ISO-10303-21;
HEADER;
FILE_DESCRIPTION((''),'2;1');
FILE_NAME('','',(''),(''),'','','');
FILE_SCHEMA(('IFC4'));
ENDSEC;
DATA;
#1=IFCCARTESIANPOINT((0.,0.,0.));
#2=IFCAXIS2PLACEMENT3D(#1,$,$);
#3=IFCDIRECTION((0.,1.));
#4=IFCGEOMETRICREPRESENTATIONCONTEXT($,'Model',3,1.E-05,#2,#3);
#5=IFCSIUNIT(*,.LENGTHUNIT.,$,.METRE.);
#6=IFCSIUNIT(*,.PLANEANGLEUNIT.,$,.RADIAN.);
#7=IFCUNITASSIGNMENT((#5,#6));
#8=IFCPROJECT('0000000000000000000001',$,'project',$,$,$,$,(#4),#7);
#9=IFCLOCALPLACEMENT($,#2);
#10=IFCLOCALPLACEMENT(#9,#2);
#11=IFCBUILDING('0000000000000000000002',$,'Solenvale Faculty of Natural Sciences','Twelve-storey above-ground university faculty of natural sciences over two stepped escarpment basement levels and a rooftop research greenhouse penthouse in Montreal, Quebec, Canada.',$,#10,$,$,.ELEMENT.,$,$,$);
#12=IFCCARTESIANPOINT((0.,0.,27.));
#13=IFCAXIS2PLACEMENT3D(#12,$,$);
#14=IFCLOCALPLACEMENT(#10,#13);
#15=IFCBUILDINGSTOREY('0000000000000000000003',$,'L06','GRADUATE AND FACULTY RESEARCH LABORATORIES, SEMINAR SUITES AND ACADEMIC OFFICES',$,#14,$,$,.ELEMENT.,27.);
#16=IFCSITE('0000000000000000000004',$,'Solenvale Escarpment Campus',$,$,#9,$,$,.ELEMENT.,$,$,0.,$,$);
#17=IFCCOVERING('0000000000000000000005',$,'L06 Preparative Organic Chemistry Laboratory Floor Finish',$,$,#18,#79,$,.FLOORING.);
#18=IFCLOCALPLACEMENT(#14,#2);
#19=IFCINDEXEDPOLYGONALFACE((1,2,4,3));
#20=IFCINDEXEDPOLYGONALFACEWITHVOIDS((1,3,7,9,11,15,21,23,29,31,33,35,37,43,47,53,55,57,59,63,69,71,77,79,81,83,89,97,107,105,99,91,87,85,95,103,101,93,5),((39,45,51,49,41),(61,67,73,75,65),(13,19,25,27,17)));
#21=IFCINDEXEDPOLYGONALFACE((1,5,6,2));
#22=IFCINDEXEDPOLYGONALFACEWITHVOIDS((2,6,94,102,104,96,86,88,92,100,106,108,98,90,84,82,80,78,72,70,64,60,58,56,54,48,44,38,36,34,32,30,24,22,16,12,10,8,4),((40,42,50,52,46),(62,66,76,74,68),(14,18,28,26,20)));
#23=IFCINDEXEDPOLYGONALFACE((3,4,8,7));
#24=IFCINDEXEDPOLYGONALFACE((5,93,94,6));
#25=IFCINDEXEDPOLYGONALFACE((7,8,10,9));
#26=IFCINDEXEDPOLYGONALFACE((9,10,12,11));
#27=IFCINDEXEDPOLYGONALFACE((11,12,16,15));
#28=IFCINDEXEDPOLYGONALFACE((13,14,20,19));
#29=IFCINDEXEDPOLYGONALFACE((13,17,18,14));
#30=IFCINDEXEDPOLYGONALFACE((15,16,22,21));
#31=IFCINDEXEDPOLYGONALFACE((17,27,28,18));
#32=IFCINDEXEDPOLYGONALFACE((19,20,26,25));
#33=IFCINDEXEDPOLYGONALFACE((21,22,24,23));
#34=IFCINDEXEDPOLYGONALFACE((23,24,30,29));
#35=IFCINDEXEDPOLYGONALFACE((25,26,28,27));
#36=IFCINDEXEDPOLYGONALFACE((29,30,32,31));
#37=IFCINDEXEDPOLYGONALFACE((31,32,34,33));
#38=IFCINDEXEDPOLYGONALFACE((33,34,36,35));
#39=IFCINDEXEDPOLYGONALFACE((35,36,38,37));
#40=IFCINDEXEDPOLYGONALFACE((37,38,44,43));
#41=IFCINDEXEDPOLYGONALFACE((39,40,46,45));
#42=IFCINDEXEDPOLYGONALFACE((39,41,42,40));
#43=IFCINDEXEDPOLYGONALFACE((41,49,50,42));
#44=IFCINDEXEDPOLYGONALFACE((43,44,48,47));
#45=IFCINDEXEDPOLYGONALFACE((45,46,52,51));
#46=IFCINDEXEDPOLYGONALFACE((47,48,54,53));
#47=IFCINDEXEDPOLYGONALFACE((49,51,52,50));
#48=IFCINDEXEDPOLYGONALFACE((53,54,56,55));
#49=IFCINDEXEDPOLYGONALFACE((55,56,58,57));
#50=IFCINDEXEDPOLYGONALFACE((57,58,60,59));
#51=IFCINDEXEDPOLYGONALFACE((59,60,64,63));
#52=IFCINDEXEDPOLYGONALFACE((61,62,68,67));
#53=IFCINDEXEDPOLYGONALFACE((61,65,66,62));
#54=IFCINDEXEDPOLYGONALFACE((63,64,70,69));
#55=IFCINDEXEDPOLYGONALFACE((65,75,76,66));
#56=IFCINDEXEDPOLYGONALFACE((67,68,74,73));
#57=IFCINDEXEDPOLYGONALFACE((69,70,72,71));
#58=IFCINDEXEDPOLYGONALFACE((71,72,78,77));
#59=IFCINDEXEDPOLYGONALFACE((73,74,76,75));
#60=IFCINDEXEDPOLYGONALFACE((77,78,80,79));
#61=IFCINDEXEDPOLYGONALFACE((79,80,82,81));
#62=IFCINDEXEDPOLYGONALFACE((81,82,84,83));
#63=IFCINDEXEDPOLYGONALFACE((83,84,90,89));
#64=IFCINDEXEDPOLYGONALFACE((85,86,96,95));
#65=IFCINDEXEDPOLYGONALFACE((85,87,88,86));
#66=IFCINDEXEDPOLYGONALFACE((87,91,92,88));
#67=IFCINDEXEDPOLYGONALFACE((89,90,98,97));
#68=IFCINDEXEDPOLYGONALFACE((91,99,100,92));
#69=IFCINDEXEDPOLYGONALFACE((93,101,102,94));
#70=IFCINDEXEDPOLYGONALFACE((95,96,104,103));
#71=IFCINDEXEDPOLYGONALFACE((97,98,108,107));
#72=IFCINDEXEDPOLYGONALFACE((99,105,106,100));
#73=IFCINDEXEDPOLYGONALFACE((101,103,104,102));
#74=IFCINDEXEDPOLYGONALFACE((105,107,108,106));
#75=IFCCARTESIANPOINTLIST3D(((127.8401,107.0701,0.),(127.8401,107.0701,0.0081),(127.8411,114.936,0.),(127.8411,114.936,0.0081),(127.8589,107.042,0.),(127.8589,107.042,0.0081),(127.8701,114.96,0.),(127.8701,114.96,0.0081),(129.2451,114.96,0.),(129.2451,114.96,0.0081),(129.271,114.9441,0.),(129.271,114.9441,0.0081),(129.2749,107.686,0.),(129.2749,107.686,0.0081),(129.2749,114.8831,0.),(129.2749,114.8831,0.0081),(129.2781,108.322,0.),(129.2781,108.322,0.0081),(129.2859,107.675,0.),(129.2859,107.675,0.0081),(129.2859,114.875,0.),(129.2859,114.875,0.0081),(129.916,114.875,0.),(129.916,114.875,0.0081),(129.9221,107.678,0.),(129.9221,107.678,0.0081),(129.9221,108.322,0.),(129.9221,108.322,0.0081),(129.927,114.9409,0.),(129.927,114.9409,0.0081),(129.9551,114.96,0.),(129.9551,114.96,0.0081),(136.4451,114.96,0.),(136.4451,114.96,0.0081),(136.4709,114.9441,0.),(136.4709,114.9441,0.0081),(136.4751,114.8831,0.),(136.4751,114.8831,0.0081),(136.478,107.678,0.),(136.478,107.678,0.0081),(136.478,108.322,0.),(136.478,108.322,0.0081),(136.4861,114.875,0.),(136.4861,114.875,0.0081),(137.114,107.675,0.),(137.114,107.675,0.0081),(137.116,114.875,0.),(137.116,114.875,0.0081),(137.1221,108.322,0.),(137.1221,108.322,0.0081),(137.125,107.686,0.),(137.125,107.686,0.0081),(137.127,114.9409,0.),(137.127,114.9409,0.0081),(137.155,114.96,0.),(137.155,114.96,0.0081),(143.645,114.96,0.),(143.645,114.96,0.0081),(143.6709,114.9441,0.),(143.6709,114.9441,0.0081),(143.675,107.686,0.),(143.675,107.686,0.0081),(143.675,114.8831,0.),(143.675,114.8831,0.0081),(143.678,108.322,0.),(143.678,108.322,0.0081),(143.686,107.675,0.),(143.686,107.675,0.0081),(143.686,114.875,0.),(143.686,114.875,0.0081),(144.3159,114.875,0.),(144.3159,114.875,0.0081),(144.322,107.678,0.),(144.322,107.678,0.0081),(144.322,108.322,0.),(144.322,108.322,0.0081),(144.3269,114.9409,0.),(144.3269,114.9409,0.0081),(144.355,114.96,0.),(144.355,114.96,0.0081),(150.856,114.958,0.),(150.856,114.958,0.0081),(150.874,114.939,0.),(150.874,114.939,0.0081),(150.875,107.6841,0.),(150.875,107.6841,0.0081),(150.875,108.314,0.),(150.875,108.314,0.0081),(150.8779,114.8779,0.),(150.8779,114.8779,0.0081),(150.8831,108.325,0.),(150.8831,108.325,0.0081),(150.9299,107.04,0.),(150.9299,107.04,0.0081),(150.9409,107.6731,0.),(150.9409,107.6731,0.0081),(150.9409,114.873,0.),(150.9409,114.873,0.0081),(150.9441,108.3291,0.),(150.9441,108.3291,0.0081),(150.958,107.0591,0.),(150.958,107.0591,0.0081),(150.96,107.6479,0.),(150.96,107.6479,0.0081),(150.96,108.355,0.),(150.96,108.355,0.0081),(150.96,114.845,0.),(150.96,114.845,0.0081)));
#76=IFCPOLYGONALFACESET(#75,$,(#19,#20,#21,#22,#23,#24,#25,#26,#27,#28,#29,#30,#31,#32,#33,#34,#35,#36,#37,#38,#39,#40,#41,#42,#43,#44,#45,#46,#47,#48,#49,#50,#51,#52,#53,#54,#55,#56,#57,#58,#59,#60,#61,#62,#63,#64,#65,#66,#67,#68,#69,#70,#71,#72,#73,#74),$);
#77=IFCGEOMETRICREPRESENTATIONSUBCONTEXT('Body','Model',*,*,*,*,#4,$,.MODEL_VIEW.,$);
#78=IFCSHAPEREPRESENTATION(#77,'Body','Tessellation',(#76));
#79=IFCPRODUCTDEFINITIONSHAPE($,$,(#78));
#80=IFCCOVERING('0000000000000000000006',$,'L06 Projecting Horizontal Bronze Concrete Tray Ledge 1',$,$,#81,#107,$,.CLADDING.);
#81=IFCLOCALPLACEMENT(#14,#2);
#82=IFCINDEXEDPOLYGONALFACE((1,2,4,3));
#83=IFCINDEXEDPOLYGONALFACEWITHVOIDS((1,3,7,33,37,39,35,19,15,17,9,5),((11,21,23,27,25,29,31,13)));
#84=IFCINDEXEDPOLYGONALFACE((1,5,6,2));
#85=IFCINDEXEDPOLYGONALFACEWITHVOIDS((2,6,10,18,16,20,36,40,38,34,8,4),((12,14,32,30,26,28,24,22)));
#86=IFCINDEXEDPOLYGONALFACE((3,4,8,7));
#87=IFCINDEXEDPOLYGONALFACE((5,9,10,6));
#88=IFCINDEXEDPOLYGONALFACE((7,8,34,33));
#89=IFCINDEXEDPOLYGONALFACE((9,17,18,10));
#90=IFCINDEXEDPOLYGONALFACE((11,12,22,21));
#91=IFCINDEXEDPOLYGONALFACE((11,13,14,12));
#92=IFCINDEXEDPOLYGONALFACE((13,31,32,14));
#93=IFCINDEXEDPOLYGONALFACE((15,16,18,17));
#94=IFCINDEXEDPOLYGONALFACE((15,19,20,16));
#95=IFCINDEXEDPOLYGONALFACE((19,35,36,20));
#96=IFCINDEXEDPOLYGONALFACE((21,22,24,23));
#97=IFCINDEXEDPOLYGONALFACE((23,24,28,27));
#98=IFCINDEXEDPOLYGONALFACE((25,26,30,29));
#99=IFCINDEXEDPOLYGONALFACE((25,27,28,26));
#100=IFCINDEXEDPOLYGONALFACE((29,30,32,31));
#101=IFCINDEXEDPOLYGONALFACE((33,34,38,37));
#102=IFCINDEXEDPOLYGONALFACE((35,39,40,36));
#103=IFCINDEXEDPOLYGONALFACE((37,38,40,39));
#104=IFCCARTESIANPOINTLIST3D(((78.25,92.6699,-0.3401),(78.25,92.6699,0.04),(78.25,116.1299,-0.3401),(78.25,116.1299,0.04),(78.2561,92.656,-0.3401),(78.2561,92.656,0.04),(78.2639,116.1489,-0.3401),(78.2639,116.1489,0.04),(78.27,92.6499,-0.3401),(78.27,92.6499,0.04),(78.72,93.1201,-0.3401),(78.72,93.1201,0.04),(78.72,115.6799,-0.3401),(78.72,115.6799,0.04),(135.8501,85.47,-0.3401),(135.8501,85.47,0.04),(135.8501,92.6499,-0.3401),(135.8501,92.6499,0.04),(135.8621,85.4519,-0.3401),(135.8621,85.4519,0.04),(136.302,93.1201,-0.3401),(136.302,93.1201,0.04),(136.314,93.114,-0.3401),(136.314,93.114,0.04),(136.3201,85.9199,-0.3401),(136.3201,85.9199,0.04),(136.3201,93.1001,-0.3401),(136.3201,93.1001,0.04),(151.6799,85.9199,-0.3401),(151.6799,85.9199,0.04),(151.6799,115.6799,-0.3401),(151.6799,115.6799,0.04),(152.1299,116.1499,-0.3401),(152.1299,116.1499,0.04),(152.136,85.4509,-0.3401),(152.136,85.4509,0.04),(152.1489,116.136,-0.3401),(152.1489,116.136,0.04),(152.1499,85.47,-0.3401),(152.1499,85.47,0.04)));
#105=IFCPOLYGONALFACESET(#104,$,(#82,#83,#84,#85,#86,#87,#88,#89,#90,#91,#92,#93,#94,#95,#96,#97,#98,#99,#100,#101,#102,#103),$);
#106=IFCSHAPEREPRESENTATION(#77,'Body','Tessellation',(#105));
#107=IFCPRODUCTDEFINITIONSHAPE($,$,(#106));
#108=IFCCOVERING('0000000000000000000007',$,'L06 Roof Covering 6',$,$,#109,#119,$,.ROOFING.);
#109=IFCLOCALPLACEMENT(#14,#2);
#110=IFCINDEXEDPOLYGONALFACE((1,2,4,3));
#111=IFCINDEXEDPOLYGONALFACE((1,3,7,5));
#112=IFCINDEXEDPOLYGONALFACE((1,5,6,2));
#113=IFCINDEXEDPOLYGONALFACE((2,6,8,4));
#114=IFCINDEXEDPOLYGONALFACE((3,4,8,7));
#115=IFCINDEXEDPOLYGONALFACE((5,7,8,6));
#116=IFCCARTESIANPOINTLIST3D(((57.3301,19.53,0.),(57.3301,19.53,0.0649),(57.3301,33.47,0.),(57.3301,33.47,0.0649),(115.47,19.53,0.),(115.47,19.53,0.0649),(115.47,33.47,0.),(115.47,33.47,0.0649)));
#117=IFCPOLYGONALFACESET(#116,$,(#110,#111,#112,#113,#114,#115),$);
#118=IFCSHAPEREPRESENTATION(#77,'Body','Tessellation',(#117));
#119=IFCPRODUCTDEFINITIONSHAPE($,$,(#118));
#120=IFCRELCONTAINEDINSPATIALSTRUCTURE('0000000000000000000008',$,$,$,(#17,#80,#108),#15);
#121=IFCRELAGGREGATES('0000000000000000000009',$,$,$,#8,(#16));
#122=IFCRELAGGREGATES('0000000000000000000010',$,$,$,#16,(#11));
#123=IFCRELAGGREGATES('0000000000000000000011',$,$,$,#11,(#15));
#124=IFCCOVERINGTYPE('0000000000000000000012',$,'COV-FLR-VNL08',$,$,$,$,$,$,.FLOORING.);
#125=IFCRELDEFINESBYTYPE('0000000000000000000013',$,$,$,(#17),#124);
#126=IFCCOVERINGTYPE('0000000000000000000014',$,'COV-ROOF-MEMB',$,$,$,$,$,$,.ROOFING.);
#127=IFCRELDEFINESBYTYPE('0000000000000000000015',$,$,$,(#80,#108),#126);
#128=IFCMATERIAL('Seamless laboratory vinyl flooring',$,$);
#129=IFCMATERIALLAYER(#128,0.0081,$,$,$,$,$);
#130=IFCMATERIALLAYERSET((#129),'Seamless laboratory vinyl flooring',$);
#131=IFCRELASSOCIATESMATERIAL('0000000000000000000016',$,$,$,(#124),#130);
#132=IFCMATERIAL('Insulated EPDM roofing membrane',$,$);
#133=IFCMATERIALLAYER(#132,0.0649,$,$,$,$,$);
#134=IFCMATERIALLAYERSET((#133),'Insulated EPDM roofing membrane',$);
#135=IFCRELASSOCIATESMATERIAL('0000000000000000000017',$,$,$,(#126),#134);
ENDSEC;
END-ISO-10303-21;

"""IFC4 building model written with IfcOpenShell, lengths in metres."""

from ifc_helpers import new_model, si_unit, direction, frame, origin, place, context, subcontext, project, spatial, polyline, outline, extrude, material, layer, layer_set, type_object, element, save


model = new_model("IFC4")

# Units and contexts
model_context = context("Model", 3, precision=1e-05, world=origin(), true_north=direction((0.0, 1.0)))
body_context = subcontext(model_context, "Body", "Model", "MODEL_VIEW")
ifc_project = project(units=[si_unit("LENGTHUNIT", "METRE"), si_unit("PLANEANGLEUNIT", "RADIAN")], contexts=[model_context])

# Site, building, storey
site_placement = place(None, origin())
site = spatial("IfcSite", under=ifc_project, at=site_placement, Name="Solenvale Escarpment Campus", CompositionType="ELEMENT", RefElevation=0.0)
building_placement = place(site_placement, origin())
building = spatial("IfcBuilding", under=site, at=building_placement, Name="Solenvale Faculty of Natural Sciences", Description="Twelve-storey above-ground university faculty of natural sciences over two stepped escarpment basement levels and a rooftop research greenhouse penthouse in Montreal, Quebec, Canada.", CompositionType="ELEMENT")
storey_placement = place(building_placement, frame((0.0, 0.0, 27.0)))
storey = spatial("IfcBuildingStorey", under=building, at=storey_placement, Name="L06", Description="GRADUATE AND FACULTY RESEARCH LABORATORIES, SEMINAR SUITES AND ACADEMIC OFFICES", CompositionType="ELEMENT", Elevation=27.0)

# Coverings
ifc_material_1 = material(Name="Seamless laboratory vinyl flooring")
ifc_layer_1 = layer(ifc_material_1, 0.0081)
ifc_layer_set_1 = layer_set([ifc_layer_1], Name="Seamless laboratory vinyl flooring")
covering_type_1 = type_object("IfcCoveringType", Name="COV-FLR-VNL08", PredefinedType="FLOORING", material=ifc_layer_set_1)
covering_1_placement = place(storey_placement, origin())
element("IfcCovering", 1, at=covering_1_placement, inside=storey, type_object=covering_type_1, Name="L06 Preparative Organic Chemistry Laboratory Floor Finish", PredefinedType="FLOORING", context=body_context, shape_type="SweptSolid", body=[
    extrude(outline(polyline([(129.2451, 114.96), (129.271, 114.9441), (129.2749, 114.8831), (129.2859, 114.875), (129.916, 114.875), (129.927, 114.9409), (129.9551, 114.96), (136.4451, 114.96), (136.4709, 114.9441), (136.4751, 114.8831), (136.4861, 114.875), (137.116, 114.875), (137.127, 114.9409), (137.155, 114.96), (143.645, 114.96), (143.6709, 114.9441), (143.675, 114.8831), (143.686, 114.875), (144.3159, 114.875), (144.3269, 114.9409), (144.355, 114.96), (150.856, 114.958), (150.874, 114.939), (150.8779, 114.8779), (150.9409, 114.873), (150.96, 114.845), (150.96, 108.355), (150.9441, 108.3291), (150.8831, 108.325), (150.875, 108.314), (150.875, 107.6841), (150.9409, 107.6731), (150.96, 107.6479), (150.958, 107.0591), (150.9299, 107.04), (127.8589, 107.042), (127.8401, 107.0701), (127.8411, 114.936), (127.8701, 114.96), (129.2451, 114.96)]), holes=[polyline([(143.675, 107.686), (143.686, 107.675), (144.322, 107.678), (144.322, 108.322), (143.678, 108.322), (143.675, 107.686)]), polyline([(137.114, 107.675), (137.125, 107.686), (137.1221, 108.322), (136.478, 108.322), (136.478, 107.678), (137.114, 107.675)]), polyline([(129.2749, 107.686), (129.2859, 107.675), (129.9221, 107.678), (129.9221, 108.322), (129.2781, 108.322), (129.2749, 107.686)])]), origin(), (0.0, 0.0, 1.0), 0.0081),
])
ifc_material_2 = material(Name="Insulated EPDM roofing membrane")
ifc_layer_2 = layer(ifc_material_2, 0.0649)
ifc_layer_set_2 = layer_set([ifc_layer_2], Name="Insulated EPDM roofing membrane")
covering_type_2 = type_object("IfcCoveringType", Name="COV-ROOF-MEMB", PredefinedType="ROOFING", material=ifc_layer_set_2)
covering_2_placement = place(storey_placement, frame((0.0, 0.0, -0.3401)))
element("IfcCovering", 2, at=covering_2_placement, inside=storey, type_object=covering_type_2, Name="L06 Projecting Horizontal Bronze Concrete Tray Ledge 1", PredefinedType="CLADDING", context=body_context, shape_type="SweptSolid", body=[
    extrude(outline(polyline([(78.27, 92.6499), (78.2561, 92.656), (78.25, 92.6699), (78.25, 116.1299), (78.2639, 116.1489), (152.1299, 116.1499), (152.1489, 116.136), (152.1499, 85.47), (152.136, 85.4509), (135.8621, 85.4519), (135.8501, 85.47), (135.8501, 92.6499), (78.27, 92.6499)]), holes=[polyline([(78.72, 93.1201), (136.302, 93.1201), (136.314, 93.114), (136.3201, 93.1001), (136.3201, 85.9199), (151.6799, 85.9199), (151.6799, 115.6799), (78.72, 115.6799), (78.72, 93.1201)])]), origin(), (0.0, 0.0, 1.0), 0.3801),
])
covering_3_placement = place(storey_placement, origin())
element("IfcCovering", 3, at=covering_3_placement, inside=storey, type_object=covering_type_2, Name="L06 Roof Covering 6", PredefinedType="ROOFING", context=body_context, shape_type="SweptSolid", body=[
    extrude(outline(polyline([(115.47, 19.53), (57.3301, 19.53), (57.3301, 33.47), (115.47, 33.47), (115.47, 19.53)])), origin(), (0.0, 0.0, 1.0), 0.0649),
])

save(model, "model.ifc")
